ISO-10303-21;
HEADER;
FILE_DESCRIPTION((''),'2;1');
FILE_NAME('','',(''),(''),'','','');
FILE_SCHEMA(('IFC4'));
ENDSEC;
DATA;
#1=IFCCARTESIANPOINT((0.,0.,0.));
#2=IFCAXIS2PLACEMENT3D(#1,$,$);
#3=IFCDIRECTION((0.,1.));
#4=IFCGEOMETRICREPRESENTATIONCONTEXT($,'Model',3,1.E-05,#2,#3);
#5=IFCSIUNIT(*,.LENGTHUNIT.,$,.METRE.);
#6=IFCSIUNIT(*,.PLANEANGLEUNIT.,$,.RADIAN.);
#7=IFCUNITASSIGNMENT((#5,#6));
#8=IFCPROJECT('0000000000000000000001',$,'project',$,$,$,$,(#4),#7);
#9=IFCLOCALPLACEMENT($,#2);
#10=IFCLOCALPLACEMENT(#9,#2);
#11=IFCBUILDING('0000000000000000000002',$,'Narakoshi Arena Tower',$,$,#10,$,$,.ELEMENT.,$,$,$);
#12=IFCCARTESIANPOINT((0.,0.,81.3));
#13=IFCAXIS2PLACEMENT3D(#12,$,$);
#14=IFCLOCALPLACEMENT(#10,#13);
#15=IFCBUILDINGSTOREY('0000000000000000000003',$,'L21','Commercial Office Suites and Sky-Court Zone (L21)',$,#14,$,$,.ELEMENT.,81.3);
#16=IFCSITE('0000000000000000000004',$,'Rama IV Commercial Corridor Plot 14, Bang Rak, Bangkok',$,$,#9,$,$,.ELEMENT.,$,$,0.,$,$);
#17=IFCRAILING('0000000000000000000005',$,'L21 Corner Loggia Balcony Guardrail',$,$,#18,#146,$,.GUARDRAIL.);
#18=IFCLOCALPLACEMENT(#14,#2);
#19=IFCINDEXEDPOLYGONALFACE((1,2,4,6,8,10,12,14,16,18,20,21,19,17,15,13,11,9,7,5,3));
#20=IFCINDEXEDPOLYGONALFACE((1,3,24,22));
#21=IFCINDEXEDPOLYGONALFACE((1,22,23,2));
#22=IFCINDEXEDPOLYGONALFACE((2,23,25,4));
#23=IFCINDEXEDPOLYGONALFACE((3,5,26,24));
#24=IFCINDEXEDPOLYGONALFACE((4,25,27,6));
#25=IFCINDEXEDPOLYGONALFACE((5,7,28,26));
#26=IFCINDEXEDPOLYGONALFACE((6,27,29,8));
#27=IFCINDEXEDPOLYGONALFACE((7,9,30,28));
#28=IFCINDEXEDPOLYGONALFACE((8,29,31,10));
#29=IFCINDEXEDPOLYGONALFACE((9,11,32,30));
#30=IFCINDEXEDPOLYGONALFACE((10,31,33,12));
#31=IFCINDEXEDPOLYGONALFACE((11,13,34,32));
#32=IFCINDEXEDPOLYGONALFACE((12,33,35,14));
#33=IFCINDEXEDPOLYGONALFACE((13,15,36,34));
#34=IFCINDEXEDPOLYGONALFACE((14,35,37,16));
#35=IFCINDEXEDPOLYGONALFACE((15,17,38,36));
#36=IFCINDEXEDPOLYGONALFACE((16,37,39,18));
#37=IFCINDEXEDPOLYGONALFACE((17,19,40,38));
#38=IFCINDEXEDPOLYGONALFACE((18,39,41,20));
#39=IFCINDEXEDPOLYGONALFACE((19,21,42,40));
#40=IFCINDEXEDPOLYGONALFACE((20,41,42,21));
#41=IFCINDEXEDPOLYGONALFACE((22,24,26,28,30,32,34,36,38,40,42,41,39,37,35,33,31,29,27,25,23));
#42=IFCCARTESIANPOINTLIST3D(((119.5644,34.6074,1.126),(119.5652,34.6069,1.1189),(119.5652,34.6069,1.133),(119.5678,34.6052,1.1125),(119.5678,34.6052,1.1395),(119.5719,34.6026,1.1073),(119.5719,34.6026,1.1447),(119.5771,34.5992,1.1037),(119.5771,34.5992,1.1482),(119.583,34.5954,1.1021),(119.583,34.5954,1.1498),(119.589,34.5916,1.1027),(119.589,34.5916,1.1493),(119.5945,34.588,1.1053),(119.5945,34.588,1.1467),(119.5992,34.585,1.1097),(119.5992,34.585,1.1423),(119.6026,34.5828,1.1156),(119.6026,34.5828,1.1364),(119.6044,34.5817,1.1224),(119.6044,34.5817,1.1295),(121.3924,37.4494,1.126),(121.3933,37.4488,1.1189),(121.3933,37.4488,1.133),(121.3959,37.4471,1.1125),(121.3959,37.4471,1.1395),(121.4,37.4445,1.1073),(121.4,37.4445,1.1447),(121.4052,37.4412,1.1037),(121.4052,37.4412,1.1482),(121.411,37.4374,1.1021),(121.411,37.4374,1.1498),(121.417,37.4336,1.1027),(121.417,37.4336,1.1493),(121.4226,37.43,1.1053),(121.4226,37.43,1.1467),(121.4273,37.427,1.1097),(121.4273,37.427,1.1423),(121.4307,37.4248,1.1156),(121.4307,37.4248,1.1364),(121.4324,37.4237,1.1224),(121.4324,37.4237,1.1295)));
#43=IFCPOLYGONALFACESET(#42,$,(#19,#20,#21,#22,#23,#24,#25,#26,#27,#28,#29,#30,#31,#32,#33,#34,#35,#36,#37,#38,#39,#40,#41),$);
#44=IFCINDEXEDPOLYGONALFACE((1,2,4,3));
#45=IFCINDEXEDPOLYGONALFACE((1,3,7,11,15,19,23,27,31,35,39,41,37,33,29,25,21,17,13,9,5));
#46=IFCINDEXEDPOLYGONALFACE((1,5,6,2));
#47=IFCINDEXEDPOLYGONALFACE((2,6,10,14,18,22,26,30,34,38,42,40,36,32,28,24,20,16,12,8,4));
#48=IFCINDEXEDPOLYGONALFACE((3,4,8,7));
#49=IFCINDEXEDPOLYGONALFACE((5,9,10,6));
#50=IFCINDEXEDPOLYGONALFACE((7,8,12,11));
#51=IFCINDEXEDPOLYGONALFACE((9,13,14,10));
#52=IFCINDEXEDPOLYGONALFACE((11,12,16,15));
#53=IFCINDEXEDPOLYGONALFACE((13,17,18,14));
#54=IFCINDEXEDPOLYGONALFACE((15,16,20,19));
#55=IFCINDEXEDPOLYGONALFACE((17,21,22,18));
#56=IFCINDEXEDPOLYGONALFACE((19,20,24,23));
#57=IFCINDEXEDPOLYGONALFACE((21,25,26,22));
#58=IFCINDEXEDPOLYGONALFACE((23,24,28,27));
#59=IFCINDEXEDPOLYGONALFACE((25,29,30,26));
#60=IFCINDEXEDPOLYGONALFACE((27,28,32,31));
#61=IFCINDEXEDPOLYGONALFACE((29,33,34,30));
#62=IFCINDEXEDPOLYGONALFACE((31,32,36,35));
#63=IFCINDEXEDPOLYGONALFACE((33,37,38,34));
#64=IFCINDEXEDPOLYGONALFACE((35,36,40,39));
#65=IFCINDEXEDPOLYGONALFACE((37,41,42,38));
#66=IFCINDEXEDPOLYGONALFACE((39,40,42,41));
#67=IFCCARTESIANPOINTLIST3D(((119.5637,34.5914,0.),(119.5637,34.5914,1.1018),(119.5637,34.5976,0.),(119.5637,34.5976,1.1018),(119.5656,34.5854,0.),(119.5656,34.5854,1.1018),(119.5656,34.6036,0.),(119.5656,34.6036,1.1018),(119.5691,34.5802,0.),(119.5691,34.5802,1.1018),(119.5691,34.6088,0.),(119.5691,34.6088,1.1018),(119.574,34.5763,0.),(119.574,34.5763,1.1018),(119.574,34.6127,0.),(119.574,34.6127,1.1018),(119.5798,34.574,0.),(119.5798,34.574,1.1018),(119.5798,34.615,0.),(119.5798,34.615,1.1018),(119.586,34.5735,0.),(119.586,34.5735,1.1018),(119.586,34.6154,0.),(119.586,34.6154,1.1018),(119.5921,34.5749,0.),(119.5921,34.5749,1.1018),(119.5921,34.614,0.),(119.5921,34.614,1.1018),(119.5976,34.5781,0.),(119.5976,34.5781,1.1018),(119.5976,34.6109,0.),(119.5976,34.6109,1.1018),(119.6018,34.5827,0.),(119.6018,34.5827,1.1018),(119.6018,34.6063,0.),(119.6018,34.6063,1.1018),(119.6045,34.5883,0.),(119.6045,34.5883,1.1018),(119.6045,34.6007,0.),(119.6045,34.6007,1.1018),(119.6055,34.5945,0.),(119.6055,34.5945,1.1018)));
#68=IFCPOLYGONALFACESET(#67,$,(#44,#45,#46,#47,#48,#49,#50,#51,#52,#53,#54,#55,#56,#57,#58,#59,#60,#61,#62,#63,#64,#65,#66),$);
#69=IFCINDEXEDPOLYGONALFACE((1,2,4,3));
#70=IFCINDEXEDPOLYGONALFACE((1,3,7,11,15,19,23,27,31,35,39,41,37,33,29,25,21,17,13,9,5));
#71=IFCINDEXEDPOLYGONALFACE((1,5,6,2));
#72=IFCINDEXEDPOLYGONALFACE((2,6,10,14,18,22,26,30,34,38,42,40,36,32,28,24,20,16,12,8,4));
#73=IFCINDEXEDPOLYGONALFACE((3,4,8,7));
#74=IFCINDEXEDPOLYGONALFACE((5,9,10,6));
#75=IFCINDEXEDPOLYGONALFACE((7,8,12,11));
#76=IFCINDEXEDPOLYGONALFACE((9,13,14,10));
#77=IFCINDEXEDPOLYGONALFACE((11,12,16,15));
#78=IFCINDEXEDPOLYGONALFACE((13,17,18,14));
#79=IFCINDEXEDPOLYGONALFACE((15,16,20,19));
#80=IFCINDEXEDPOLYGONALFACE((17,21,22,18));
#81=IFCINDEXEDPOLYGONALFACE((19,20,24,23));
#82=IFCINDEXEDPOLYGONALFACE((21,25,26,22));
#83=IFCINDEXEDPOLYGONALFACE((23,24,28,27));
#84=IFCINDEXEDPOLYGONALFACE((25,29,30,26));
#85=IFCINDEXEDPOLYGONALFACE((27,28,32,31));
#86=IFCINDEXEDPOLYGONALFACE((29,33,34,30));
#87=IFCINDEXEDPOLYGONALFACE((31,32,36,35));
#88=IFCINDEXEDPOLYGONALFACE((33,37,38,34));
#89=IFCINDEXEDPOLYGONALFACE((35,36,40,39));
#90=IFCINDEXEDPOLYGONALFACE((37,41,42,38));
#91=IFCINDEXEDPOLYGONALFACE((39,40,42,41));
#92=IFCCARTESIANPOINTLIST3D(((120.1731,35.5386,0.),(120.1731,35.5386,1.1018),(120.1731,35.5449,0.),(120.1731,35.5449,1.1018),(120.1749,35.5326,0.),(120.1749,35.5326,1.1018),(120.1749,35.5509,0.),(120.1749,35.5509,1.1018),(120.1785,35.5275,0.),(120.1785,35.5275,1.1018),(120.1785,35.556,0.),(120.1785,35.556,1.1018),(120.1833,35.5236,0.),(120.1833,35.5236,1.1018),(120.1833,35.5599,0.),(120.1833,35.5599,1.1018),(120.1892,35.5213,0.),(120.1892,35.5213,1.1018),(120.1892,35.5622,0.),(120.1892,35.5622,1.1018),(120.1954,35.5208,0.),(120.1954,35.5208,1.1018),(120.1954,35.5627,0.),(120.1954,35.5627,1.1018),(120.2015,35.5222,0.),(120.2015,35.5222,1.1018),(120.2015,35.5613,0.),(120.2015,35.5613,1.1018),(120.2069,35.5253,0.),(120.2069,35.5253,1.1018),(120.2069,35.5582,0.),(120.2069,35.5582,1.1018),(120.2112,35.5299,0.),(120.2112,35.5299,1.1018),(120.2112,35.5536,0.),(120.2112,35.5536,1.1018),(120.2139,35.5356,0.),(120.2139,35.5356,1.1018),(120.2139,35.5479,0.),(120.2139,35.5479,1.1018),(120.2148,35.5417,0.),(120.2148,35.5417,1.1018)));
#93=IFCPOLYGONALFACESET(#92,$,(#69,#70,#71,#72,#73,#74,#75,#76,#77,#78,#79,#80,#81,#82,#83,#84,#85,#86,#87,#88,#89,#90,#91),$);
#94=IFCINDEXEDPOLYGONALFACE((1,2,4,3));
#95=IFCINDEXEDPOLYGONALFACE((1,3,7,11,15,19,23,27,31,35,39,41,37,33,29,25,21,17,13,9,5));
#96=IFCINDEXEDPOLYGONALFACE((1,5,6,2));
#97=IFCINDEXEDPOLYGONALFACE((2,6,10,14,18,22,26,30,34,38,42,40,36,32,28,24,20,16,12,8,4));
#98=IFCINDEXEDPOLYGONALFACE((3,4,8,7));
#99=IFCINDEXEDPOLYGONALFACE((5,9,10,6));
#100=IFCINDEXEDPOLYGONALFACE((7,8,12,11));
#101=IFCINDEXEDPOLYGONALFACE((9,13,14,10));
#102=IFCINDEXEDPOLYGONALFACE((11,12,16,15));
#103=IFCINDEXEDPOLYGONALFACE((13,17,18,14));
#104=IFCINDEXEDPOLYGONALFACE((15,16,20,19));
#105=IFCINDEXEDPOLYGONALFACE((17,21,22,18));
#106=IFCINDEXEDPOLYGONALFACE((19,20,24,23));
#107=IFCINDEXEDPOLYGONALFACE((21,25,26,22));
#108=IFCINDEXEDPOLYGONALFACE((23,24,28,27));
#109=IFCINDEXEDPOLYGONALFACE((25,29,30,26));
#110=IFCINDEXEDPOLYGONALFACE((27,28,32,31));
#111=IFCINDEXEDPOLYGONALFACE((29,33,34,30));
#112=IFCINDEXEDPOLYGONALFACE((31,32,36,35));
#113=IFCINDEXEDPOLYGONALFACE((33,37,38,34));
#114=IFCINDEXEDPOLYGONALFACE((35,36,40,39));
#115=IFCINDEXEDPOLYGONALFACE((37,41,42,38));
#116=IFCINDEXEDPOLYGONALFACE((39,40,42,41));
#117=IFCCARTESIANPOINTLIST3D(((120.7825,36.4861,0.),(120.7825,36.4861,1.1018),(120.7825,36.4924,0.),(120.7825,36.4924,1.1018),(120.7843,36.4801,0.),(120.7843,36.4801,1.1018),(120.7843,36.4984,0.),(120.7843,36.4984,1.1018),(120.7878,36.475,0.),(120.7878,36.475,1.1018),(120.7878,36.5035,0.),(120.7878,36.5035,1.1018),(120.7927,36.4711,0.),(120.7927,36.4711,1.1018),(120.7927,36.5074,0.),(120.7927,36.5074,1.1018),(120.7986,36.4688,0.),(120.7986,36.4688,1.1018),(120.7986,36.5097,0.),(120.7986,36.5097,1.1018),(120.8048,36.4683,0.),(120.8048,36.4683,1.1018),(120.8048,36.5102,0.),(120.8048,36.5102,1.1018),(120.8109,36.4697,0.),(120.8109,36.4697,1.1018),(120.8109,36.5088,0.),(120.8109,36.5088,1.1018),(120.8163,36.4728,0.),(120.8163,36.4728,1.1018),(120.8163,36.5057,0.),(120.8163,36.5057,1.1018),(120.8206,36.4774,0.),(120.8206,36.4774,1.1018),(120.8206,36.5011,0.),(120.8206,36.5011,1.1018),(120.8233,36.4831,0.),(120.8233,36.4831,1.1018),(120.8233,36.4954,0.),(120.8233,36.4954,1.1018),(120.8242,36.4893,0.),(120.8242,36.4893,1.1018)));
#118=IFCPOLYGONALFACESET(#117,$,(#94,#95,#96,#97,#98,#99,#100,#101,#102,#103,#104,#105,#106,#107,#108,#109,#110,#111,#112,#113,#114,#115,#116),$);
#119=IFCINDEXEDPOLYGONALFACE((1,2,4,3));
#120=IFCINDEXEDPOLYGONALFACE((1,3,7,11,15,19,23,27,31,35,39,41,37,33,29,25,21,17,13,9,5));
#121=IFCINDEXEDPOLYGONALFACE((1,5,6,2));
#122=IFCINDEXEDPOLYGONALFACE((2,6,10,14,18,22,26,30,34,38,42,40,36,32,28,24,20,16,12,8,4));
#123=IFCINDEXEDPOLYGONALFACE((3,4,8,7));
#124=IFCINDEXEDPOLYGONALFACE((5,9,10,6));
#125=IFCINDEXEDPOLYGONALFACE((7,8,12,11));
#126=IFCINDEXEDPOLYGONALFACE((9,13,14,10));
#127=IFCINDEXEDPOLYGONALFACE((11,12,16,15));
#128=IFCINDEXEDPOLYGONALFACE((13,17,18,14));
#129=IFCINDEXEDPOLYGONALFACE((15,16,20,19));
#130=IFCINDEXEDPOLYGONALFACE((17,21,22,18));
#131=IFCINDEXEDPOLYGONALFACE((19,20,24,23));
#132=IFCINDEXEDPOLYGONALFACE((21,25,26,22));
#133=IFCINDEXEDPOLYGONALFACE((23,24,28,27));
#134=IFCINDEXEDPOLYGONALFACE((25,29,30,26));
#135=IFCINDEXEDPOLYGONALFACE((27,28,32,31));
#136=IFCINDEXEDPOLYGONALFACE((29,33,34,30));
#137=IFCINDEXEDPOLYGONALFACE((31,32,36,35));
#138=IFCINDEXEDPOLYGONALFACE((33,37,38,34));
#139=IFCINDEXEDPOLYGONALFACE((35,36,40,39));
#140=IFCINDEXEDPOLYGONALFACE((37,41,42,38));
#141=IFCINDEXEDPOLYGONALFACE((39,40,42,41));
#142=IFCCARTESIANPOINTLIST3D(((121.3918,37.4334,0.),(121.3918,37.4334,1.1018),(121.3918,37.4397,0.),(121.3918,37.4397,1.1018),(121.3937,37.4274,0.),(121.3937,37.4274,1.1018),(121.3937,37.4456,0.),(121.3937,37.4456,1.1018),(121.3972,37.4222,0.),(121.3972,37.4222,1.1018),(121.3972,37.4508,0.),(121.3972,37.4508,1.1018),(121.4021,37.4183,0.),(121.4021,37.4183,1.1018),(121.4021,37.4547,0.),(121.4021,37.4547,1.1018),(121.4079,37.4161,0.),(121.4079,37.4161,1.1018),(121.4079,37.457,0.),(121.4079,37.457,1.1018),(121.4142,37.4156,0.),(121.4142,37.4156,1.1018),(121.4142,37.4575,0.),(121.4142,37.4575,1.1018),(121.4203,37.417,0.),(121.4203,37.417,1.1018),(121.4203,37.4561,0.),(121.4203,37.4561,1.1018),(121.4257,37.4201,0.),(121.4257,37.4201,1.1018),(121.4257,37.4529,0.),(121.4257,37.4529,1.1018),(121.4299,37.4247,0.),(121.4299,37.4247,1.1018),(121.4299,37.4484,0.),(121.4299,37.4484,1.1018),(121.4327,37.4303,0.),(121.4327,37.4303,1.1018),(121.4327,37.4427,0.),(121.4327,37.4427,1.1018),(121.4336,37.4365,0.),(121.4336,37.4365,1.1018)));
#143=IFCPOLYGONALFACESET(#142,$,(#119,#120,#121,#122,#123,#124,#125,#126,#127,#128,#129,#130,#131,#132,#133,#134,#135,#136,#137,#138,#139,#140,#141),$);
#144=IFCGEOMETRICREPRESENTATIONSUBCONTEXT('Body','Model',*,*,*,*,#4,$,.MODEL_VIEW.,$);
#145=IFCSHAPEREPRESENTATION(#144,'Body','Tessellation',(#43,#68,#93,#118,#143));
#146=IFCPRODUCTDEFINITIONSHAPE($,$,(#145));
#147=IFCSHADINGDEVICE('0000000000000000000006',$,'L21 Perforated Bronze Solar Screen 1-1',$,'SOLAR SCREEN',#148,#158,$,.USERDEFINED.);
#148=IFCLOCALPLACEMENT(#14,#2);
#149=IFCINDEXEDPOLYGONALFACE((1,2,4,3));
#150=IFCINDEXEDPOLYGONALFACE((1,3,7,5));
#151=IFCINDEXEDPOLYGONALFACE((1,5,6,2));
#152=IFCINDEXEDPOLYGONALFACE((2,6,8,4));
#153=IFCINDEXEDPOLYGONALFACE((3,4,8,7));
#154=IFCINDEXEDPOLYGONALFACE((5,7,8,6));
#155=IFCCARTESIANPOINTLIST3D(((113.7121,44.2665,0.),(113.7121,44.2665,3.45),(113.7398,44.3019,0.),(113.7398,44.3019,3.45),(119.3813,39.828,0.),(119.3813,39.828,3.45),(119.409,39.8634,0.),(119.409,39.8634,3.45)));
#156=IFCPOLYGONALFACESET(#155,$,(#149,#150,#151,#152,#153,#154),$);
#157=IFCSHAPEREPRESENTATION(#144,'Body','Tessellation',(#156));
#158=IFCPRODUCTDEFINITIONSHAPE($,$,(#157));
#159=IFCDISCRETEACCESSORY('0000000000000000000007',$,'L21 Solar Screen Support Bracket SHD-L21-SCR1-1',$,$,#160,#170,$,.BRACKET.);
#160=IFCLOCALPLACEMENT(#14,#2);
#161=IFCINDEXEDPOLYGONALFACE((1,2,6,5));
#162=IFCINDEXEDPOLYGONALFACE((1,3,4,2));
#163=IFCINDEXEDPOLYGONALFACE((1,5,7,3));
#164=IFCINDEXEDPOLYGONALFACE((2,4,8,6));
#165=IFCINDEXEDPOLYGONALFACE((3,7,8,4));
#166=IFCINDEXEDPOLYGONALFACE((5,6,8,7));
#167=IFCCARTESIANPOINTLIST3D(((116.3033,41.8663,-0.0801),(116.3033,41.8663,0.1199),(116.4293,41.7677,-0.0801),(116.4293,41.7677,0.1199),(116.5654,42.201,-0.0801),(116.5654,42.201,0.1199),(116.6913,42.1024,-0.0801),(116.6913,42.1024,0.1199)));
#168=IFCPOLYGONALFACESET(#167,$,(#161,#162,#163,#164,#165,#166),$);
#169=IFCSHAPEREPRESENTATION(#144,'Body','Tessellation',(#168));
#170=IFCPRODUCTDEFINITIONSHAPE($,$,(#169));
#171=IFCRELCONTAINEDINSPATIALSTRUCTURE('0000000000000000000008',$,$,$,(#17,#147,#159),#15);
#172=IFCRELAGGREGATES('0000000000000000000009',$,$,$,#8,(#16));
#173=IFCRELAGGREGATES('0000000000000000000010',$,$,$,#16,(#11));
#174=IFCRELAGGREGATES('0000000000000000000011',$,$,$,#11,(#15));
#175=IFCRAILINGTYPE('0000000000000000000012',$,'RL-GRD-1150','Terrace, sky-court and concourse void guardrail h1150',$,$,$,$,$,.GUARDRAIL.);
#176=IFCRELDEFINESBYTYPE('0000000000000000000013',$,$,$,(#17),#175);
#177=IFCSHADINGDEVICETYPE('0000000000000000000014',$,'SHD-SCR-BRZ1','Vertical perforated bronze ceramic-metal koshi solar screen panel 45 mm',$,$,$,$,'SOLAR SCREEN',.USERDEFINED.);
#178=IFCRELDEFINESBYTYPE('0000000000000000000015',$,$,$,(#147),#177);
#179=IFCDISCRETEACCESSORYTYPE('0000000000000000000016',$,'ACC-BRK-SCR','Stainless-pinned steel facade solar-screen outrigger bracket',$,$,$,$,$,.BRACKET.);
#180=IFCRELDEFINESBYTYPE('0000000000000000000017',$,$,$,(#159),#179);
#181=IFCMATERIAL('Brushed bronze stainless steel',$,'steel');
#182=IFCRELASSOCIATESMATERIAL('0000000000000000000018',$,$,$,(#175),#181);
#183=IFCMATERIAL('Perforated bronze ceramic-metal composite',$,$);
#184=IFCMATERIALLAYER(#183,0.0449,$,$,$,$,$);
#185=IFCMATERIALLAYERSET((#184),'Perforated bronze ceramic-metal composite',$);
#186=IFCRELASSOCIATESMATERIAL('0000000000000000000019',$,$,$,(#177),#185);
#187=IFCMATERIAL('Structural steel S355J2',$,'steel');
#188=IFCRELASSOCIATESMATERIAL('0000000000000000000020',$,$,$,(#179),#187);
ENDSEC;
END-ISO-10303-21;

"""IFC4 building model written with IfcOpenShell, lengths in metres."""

from ifc_helpers import new_model, si_unit, direction, frame, origin, origin_2d, place, context, subcontext, project, spatial, rectangle, circle, extrude, material, layer, layer_set, type_object, element, save


model = new_model("IFC4")

# Units and contexts
model_context = context("Model", 3, precision=1e-05, world=origin(), true_north=direction((0.0, 1.0)))
body_context = subcontext(model_context, "Body", "Model", "MODEL_VIEW")
ifc_project = project(units=[si_unit("LENGTHUNIT", "METRE"), si_unit("PLANEANGLEUNIT", "RADIAN")], contexts=[model_context])

# Site, building, storey
site_placement = place(None, origin())
site = spatial("IfcSite", under=ifc_project, at=site_placement, Name="Rama IV Commercial Corridor Plot 14, Bang Rak, Bangkok", CompositionType="ELEMENT", RefElevation=0.0)
building_placement = place(site_placement, origin())
building = spatial("IfcBuilding", under=site, at=building_placement, Name="Narakoshi Arena Tower", CompositionType="ELEMENT")
storey_placement = place(building_placement, frame((0.0, 0.0, 81.3)))
storey = spatial("IfcBuildingStorey", under=building, at=storey_placement, Name="L21", Description="Commercial Office Suites and Sky-Court Zone (L21)", CompositionType="ELEMENT", Elevation=81.3)

# Shared definitions
ifc_material_1 = material(Name="Structural steel S355J2", Category="steel")

# Railing
ifc_material_2 = material(Name="Brushed bronze stainless steel", Category="steel")
railing_type = type_object("IfcRailingType", Name="RL-GRD-1150", Description="Terrace, sky-court and concourse void guardrail h1150", PredefinedType="GUARDRAIL", material=ifc_material_2)
railing_placement = place(storey_placement, frame((119.5845, 34.5945, 0.0)))
element("IfcRailing", 1, at=railing_placement, inside=storey, type_object=railing_type, Name="L21 Corner Loggia Balcony Guardrail", PredefinedType="GUARDRAIL", context=body_context, shape_type="SweptSolid", body=[
    extrude(circle(Radius=0.0239, at=origin_2d()), frame((0.0, 0.0, 1.126), z_axis=(0.540988, 0.841031, 0.0), x_axis=(-0.841031, 0.540988, 0.0)), (0.0, 0.0, 1.0), 3.3792),
    extrude(circle(Radius=0.021, at=origin_2d()), origin(), (0.0, 0.0, 1.0), 1.1018),
    extrude(circle(Radius=0.021, at=origin_2d()), frame((0.6094, 0.9473, 0.0)), (0.0, 0.0, 1.0), 1.1018),
    extrude(circle(Radius=0.021, at=origin_2d()), frame((1.2188, 1.8948, 0.0)), (0.0, 0.0, 1.0), 1.1018),
    extrude(circle(Radius=0.021, at=origin_2d()), frame((1.8281, 2.842, 0.0)), (0.0, 0.0, 1.0), 1.1018),
])

# Shading device
ifc_material_3 = material(Name="Perforated bronze ceramic-metal composite")
ifc_layer_1 = layer(ifc_material_3, 0.0449)
ifc_layer_set_1 = layer_set([ifc_layer_1], Name="Perforated bronze ceramic-metal composite")
shading_device_type = type_object("IfcShadingDeviceType", Name="SHD-SCR-BRZ1", Description="Vertical perforated bronze ceramic-metal koshi solar screen panel 45 mm", ElementType="SOLAR SCREEN", PredefinedType="USERDEFINED", material=ifc_layer_set_1)
shading_device_placement = place(storey_placement, frame((116.5605, 42.0649, 0.0), z_axis=(0.0, 0.0, 1.0), x_axis=(-0.787387, 0.616459, 0.0)))
element("IfcShadingDevice", 2, at=shading_device_placement, inside=storey, type_object=shading_device_type, Name="L21 Perforated Bronze Solar Screen 1-1", ObjectType="SOLAR SCREEN", PredefinedType="USERDEFINED", context=body_context, shape_type="SweptSolid", body=[
    extrude(rectangle(XDim=7.2, YDim=0.0449, at=origin_2d()), origin(), (0.0, 0.0, 1.0), 3.45),
])

# Discrete accessory
discrete_accessory_type = type_object("IfcDiscreteAccessoryType", Name="ACC-BRK-SCR", Description="Stainless-pinned steel facade solar-screen outrigger bracket", PredefinedType="BRACKET", material=ifc_material_1)
discrete_accessory_placement = place(storey_placement, frame((116.4973, 41.9844, -0.0801), z_axis=(0.0, 0.0, 1.0), x_axis=(-0.787387, 0.616459, 0.0)))
element("IfcDiscreteAccessory", 3, at=discrete_accessory_placement, inside=storey, type_object=discrete_accessory_type, Name="L21 Solar Screen Support Bracket SHD-L21-SCR1-1", PredefinedType="BRACKET", context=body_context, shape_type="SweptSolid", body=[
    extrude(rectangle(XDim=0.1599, YDim=0.425, at=origin_2d()), origin(), (0.0, 0.0, 1.0), 0.2),
])

save(model, "model.ifc")
